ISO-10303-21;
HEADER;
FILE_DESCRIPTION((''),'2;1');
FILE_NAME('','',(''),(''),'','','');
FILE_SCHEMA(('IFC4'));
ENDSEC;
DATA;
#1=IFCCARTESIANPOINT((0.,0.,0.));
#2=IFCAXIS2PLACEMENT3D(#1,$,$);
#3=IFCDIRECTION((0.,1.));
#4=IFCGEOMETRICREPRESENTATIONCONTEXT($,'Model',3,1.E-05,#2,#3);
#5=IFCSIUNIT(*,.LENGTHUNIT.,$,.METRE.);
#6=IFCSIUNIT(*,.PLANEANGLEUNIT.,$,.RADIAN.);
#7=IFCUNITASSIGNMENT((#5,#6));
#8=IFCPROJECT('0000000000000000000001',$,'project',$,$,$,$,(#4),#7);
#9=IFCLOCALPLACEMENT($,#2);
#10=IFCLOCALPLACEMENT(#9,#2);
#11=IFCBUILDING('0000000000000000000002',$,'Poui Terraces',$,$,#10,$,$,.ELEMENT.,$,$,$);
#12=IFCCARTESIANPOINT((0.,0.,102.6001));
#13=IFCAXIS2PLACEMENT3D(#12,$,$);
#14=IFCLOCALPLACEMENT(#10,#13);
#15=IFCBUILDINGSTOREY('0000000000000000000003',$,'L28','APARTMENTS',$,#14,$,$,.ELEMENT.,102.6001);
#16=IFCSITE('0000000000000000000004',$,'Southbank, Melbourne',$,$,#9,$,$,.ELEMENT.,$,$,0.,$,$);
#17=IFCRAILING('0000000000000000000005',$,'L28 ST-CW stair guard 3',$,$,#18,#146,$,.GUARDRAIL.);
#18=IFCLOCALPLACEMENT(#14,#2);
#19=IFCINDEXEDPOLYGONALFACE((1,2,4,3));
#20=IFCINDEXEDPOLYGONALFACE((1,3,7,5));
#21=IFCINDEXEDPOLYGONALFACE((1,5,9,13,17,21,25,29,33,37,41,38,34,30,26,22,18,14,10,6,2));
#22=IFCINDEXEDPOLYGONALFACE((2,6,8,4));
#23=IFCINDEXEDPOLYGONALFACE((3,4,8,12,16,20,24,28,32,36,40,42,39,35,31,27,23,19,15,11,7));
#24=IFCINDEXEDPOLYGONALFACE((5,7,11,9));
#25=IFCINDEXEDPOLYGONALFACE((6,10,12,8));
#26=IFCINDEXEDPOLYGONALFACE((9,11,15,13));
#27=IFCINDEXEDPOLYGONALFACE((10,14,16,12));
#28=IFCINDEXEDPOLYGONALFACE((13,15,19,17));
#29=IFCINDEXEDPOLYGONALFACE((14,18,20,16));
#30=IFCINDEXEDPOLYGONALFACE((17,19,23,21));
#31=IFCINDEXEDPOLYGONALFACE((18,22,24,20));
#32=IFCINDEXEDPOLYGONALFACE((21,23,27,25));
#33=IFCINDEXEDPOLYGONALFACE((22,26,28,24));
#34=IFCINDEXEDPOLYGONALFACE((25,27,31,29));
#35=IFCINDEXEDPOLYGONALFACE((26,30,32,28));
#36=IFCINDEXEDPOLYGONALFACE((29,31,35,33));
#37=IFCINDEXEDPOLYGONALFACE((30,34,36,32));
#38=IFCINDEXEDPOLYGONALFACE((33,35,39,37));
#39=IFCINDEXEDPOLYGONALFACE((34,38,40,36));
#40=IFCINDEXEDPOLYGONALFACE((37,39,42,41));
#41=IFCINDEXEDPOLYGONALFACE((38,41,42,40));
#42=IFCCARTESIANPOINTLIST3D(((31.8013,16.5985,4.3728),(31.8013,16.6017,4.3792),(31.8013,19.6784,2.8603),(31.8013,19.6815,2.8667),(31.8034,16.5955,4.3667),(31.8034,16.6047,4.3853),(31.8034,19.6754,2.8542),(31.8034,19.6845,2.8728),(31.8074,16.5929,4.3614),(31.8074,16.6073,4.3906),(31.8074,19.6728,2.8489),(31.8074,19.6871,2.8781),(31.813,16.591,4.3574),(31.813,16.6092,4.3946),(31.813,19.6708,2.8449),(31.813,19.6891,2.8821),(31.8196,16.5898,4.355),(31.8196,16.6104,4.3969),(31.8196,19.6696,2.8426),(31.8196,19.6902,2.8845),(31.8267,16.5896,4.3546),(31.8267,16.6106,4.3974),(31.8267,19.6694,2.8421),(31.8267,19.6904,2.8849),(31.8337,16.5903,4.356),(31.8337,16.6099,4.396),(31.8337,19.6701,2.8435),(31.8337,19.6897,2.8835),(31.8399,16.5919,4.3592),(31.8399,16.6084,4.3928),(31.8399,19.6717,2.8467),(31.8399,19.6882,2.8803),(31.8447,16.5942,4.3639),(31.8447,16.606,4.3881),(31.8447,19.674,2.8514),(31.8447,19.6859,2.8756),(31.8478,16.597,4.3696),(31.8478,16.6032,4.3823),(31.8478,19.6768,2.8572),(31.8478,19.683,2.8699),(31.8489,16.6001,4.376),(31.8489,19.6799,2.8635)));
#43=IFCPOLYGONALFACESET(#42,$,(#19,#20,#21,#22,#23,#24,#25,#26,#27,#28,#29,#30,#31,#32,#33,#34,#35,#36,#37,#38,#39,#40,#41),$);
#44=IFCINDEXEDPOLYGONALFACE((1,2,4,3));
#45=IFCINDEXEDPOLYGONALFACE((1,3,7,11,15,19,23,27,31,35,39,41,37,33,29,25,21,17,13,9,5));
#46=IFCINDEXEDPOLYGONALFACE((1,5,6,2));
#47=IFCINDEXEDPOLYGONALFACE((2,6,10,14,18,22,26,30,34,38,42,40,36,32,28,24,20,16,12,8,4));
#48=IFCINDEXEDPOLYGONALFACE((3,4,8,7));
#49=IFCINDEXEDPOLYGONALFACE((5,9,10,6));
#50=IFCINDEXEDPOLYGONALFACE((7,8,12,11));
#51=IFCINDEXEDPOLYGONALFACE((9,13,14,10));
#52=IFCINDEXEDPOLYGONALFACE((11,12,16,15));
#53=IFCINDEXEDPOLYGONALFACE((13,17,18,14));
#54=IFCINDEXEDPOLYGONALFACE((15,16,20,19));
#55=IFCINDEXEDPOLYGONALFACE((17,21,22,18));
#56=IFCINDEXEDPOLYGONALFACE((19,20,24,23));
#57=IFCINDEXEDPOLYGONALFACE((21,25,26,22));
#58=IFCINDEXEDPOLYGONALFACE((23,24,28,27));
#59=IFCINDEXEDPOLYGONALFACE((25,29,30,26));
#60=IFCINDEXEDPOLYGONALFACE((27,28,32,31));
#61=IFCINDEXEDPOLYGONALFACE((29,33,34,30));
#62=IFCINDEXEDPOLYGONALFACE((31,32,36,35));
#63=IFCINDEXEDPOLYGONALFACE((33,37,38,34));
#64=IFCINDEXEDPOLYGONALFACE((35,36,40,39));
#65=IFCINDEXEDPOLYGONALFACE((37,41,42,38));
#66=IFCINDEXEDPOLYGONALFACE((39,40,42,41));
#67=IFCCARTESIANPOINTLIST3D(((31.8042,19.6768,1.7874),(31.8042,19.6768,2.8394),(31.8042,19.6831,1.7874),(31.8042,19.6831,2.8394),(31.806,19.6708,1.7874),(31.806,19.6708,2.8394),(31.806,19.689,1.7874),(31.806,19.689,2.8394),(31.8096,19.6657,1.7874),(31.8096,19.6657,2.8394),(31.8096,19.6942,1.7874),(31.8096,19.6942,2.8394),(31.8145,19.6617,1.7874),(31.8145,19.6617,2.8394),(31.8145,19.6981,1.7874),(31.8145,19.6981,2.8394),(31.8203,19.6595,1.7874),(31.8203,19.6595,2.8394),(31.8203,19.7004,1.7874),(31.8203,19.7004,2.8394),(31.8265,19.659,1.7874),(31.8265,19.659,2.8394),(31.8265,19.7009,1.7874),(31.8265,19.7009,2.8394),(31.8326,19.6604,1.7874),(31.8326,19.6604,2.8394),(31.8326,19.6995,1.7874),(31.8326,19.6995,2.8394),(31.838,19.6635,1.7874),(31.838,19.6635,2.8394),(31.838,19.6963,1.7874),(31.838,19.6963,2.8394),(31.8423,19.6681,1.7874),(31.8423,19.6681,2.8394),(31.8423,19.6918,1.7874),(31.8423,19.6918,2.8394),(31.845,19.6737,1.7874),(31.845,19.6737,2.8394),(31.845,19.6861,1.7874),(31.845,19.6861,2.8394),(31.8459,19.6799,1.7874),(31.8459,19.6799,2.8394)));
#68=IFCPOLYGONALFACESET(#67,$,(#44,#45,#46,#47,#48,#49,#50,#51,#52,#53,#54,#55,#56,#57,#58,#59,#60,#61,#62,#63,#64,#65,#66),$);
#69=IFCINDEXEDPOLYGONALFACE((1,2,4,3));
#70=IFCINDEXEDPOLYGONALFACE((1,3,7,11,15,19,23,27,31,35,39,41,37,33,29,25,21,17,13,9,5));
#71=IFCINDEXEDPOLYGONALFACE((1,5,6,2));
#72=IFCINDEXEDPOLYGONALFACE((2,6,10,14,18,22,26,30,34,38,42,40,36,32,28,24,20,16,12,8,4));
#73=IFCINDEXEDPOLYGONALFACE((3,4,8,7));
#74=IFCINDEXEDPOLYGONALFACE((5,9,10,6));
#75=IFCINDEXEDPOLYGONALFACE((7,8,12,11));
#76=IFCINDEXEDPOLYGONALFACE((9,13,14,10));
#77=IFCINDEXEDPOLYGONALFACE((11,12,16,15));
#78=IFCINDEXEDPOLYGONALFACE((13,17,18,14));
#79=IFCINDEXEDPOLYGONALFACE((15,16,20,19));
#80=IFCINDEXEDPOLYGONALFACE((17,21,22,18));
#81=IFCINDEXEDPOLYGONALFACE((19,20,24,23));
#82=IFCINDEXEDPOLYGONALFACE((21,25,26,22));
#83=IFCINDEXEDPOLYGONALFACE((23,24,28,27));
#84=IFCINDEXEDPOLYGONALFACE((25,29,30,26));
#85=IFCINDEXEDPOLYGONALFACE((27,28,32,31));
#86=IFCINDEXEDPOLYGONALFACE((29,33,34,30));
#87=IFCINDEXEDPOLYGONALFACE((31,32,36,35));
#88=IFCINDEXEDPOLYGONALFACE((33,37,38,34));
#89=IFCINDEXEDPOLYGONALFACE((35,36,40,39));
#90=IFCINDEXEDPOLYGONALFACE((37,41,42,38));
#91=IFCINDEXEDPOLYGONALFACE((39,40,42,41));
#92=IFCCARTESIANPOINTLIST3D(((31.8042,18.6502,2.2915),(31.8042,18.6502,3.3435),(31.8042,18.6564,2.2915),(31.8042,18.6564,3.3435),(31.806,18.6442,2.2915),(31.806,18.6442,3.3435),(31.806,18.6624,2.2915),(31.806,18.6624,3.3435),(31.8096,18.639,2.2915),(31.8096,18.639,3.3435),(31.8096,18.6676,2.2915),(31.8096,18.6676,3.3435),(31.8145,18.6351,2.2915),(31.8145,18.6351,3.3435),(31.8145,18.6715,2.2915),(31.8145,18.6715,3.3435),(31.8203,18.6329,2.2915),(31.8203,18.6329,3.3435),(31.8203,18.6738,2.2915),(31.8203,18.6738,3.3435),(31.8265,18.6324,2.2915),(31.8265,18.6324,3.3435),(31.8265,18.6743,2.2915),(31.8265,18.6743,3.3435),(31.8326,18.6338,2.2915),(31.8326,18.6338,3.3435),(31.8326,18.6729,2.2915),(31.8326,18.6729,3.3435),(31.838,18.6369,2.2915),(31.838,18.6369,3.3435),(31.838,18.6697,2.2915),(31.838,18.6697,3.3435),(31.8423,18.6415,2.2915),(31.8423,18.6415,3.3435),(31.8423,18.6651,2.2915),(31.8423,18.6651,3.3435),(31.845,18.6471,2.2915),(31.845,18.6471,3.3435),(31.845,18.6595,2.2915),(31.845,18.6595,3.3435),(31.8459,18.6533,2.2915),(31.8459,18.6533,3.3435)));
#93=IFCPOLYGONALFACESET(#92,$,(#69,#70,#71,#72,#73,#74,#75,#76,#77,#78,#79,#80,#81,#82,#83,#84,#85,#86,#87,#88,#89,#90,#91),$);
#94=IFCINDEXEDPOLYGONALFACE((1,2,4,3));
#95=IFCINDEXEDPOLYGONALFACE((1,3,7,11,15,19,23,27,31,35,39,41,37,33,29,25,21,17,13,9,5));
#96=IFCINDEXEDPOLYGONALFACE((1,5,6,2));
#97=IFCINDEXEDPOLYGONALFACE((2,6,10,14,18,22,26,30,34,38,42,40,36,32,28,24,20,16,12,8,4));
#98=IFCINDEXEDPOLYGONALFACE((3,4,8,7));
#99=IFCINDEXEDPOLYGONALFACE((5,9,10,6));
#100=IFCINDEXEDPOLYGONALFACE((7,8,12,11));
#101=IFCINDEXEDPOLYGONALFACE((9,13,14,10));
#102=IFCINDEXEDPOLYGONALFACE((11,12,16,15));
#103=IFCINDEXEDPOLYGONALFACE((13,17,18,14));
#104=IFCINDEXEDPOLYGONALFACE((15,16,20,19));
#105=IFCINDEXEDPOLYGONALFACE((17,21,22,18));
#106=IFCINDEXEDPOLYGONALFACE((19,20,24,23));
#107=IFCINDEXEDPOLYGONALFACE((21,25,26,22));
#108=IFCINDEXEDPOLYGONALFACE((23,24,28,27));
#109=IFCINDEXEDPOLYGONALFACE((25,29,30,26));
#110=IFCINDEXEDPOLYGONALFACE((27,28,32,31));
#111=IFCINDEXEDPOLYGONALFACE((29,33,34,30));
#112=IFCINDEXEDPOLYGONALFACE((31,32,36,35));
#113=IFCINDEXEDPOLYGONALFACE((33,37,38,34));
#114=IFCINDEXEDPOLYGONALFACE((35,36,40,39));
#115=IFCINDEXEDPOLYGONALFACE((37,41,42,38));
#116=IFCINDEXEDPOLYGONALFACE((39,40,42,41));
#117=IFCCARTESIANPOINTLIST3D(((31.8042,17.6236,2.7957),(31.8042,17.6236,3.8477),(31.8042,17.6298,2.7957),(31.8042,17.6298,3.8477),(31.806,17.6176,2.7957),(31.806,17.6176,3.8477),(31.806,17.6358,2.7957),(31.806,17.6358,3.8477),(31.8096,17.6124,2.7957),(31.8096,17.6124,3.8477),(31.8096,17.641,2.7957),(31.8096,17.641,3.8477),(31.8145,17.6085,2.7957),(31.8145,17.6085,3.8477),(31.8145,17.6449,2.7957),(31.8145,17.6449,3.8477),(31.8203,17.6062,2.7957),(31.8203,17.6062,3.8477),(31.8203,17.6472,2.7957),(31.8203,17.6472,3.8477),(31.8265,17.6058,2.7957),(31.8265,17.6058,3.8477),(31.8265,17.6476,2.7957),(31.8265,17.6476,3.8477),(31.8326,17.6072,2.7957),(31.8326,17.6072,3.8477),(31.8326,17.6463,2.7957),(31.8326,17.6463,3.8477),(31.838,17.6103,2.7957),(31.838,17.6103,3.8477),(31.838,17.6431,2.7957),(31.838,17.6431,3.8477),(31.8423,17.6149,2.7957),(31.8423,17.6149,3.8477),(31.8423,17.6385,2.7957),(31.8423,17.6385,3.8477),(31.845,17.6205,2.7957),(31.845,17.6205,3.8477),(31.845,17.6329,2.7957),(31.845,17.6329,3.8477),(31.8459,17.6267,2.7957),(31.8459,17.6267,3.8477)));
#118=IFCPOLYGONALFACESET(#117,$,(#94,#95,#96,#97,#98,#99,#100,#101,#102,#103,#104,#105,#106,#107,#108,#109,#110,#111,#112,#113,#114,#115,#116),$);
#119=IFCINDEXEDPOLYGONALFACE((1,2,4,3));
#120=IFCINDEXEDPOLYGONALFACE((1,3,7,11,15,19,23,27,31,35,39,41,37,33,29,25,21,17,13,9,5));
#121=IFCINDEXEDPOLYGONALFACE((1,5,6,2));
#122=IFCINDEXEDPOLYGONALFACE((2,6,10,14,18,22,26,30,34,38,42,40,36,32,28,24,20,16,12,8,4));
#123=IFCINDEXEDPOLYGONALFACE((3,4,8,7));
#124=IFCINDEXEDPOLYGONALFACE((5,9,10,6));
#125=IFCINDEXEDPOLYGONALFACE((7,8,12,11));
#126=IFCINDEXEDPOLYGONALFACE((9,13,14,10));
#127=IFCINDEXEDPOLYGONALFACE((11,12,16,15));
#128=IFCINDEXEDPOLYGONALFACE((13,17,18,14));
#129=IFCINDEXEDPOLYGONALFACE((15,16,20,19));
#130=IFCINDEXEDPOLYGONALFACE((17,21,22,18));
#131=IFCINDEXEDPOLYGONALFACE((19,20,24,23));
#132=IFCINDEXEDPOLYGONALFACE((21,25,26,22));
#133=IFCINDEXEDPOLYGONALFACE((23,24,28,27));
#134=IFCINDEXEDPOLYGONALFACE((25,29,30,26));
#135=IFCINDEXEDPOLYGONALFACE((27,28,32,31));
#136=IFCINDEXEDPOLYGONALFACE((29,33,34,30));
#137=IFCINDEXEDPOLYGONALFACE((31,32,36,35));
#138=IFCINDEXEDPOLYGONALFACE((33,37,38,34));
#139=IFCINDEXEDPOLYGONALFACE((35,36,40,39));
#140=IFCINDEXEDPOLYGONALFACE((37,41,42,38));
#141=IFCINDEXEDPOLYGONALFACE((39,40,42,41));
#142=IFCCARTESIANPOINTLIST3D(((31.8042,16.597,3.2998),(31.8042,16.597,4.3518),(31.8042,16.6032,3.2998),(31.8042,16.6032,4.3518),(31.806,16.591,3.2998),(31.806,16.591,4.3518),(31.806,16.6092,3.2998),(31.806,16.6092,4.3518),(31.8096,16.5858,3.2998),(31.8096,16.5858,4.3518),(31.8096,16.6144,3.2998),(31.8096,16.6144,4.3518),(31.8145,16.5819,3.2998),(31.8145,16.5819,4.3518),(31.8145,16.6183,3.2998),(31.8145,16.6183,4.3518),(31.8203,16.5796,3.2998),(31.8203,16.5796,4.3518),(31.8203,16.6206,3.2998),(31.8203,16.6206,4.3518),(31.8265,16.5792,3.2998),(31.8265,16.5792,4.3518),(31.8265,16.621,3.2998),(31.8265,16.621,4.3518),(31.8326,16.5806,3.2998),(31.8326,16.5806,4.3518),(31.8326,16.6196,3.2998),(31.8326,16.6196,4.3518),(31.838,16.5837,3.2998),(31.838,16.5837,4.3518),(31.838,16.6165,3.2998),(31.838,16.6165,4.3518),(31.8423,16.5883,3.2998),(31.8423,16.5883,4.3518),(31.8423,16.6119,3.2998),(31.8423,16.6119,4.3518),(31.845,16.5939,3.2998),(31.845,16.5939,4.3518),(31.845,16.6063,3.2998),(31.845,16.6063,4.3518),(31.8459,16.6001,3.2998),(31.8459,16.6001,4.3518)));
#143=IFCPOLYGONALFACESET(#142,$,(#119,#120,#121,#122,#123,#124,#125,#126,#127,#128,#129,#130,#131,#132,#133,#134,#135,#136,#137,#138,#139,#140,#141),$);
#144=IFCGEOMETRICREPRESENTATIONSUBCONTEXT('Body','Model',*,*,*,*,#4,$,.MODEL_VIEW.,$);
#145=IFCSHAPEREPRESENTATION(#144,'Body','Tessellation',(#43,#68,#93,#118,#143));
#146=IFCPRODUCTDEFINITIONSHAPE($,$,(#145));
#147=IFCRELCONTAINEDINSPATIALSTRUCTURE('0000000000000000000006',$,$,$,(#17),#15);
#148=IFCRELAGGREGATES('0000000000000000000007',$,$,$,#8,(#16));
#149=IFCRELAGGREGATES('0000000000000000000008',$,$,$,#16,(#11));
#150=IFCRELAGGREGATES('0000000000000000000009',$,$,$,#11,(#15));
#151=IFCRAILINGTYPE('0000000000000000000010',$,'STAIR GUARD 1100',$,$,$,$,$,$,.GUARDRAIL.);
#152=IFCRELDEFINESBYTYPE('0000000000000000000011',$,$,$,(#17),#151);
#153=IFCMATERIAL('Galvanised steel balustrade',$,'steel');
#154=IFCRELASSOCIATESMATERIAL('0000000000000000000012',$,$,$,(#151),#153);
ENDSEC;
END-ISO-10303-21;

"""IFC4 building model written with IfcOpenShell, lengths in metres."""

from ifc_helpers import new_model, si_unit, direction, frame, origin, origin_2d, place, context, subcontext, project, spatial, circle, extrude, material, type_object, element, save


model = new_model("IFC4")

# Units and contexts
model_context = context("Model", 3, precision=1e-05, world=origin(), true_north=direction((0.0, 1.0)))
body_context = subcontext(model_context, "Body", "Model", "MODEL_VIEW")
ifc_project = project(units=[si_unit("LENGTHUNIT", "METRE"), si_unit("PLANEANGLEUNIT", "RADIAN")], contexts=[model_context])

# Site, building, storey
site_placement = place(None, origin())
site = spatial("IfcSite", under=ifc_project, at=site_placement, Name="Southbank, Melbourne", CompositionType="ELEMENT", RefElevation=0.0)
building_placement = place(site_placement, origin())
building = spatial("IfcBuilding", under=site, at=building_placement, Name="Poui Terraces", CompositionType="ELEMENT")
storey_placement = place(building_placement, frame((0.0, 0.0, 102.6001)))
storey = spatial("IfcBuildingStorey", under=building, at=storey_placement, Name="L28", Description="APARTMENTS", CompositionType="ELEMENT", Elevation=102.6001)

# Railing
ifc_material_1 = material(Name="Galvanised steel balustrade", Category="steel")
railing_type_1 = type_object("IfcRailingType", Name="STAIR GUARD 1100", PredefinedType="GUARDRAIL", material=ifc_material_1)
railing_1_placement = place(storey_placement, frame((31.825, 19.6799, 1.7874)))
element("IfcRailing", 1, at=railing_1_placement, inside=storey, type_object=railing_type_1, Name="L28 ST-CW stair guard 3", PredefinedType="GUARDRAIL", context=body_context, shape_type="SweptSolid", body=[
    extrude(circle(Radius=0.0239, at=origin_2d()), frame((0.0, 0.0, 1.0762), z_axis=(0.0, -0.897606, 0.440798), x_axis=(1.0, 0.0, 0.0)), (0.0, 0.0, 1.0), 3.4312),
    extrude(circle(Radius=0.021, at=origin_2d()), origin(), (0.0, 0.0, 1.0), 1.052),
    extrude(circle(Radius=0.021, at=origin_2d()), frame((0.0, -1.0266, 0.5042)), (0.0, 0.0, 1.0), 1.052),
    extrude(circle(Radius=0.021, at=origin_2d()), frame((0.0, -2.0532, 1.0083)), (0.0, 0.0, 1.0), 1.052),
    extrude(circle(Radius=0.021, at=origin_2d()), frame((0.0, -3.0798, 1.5125)), (0.0, 0.0, 1.0), 1.052),
])

save(model, "model.ifc")
